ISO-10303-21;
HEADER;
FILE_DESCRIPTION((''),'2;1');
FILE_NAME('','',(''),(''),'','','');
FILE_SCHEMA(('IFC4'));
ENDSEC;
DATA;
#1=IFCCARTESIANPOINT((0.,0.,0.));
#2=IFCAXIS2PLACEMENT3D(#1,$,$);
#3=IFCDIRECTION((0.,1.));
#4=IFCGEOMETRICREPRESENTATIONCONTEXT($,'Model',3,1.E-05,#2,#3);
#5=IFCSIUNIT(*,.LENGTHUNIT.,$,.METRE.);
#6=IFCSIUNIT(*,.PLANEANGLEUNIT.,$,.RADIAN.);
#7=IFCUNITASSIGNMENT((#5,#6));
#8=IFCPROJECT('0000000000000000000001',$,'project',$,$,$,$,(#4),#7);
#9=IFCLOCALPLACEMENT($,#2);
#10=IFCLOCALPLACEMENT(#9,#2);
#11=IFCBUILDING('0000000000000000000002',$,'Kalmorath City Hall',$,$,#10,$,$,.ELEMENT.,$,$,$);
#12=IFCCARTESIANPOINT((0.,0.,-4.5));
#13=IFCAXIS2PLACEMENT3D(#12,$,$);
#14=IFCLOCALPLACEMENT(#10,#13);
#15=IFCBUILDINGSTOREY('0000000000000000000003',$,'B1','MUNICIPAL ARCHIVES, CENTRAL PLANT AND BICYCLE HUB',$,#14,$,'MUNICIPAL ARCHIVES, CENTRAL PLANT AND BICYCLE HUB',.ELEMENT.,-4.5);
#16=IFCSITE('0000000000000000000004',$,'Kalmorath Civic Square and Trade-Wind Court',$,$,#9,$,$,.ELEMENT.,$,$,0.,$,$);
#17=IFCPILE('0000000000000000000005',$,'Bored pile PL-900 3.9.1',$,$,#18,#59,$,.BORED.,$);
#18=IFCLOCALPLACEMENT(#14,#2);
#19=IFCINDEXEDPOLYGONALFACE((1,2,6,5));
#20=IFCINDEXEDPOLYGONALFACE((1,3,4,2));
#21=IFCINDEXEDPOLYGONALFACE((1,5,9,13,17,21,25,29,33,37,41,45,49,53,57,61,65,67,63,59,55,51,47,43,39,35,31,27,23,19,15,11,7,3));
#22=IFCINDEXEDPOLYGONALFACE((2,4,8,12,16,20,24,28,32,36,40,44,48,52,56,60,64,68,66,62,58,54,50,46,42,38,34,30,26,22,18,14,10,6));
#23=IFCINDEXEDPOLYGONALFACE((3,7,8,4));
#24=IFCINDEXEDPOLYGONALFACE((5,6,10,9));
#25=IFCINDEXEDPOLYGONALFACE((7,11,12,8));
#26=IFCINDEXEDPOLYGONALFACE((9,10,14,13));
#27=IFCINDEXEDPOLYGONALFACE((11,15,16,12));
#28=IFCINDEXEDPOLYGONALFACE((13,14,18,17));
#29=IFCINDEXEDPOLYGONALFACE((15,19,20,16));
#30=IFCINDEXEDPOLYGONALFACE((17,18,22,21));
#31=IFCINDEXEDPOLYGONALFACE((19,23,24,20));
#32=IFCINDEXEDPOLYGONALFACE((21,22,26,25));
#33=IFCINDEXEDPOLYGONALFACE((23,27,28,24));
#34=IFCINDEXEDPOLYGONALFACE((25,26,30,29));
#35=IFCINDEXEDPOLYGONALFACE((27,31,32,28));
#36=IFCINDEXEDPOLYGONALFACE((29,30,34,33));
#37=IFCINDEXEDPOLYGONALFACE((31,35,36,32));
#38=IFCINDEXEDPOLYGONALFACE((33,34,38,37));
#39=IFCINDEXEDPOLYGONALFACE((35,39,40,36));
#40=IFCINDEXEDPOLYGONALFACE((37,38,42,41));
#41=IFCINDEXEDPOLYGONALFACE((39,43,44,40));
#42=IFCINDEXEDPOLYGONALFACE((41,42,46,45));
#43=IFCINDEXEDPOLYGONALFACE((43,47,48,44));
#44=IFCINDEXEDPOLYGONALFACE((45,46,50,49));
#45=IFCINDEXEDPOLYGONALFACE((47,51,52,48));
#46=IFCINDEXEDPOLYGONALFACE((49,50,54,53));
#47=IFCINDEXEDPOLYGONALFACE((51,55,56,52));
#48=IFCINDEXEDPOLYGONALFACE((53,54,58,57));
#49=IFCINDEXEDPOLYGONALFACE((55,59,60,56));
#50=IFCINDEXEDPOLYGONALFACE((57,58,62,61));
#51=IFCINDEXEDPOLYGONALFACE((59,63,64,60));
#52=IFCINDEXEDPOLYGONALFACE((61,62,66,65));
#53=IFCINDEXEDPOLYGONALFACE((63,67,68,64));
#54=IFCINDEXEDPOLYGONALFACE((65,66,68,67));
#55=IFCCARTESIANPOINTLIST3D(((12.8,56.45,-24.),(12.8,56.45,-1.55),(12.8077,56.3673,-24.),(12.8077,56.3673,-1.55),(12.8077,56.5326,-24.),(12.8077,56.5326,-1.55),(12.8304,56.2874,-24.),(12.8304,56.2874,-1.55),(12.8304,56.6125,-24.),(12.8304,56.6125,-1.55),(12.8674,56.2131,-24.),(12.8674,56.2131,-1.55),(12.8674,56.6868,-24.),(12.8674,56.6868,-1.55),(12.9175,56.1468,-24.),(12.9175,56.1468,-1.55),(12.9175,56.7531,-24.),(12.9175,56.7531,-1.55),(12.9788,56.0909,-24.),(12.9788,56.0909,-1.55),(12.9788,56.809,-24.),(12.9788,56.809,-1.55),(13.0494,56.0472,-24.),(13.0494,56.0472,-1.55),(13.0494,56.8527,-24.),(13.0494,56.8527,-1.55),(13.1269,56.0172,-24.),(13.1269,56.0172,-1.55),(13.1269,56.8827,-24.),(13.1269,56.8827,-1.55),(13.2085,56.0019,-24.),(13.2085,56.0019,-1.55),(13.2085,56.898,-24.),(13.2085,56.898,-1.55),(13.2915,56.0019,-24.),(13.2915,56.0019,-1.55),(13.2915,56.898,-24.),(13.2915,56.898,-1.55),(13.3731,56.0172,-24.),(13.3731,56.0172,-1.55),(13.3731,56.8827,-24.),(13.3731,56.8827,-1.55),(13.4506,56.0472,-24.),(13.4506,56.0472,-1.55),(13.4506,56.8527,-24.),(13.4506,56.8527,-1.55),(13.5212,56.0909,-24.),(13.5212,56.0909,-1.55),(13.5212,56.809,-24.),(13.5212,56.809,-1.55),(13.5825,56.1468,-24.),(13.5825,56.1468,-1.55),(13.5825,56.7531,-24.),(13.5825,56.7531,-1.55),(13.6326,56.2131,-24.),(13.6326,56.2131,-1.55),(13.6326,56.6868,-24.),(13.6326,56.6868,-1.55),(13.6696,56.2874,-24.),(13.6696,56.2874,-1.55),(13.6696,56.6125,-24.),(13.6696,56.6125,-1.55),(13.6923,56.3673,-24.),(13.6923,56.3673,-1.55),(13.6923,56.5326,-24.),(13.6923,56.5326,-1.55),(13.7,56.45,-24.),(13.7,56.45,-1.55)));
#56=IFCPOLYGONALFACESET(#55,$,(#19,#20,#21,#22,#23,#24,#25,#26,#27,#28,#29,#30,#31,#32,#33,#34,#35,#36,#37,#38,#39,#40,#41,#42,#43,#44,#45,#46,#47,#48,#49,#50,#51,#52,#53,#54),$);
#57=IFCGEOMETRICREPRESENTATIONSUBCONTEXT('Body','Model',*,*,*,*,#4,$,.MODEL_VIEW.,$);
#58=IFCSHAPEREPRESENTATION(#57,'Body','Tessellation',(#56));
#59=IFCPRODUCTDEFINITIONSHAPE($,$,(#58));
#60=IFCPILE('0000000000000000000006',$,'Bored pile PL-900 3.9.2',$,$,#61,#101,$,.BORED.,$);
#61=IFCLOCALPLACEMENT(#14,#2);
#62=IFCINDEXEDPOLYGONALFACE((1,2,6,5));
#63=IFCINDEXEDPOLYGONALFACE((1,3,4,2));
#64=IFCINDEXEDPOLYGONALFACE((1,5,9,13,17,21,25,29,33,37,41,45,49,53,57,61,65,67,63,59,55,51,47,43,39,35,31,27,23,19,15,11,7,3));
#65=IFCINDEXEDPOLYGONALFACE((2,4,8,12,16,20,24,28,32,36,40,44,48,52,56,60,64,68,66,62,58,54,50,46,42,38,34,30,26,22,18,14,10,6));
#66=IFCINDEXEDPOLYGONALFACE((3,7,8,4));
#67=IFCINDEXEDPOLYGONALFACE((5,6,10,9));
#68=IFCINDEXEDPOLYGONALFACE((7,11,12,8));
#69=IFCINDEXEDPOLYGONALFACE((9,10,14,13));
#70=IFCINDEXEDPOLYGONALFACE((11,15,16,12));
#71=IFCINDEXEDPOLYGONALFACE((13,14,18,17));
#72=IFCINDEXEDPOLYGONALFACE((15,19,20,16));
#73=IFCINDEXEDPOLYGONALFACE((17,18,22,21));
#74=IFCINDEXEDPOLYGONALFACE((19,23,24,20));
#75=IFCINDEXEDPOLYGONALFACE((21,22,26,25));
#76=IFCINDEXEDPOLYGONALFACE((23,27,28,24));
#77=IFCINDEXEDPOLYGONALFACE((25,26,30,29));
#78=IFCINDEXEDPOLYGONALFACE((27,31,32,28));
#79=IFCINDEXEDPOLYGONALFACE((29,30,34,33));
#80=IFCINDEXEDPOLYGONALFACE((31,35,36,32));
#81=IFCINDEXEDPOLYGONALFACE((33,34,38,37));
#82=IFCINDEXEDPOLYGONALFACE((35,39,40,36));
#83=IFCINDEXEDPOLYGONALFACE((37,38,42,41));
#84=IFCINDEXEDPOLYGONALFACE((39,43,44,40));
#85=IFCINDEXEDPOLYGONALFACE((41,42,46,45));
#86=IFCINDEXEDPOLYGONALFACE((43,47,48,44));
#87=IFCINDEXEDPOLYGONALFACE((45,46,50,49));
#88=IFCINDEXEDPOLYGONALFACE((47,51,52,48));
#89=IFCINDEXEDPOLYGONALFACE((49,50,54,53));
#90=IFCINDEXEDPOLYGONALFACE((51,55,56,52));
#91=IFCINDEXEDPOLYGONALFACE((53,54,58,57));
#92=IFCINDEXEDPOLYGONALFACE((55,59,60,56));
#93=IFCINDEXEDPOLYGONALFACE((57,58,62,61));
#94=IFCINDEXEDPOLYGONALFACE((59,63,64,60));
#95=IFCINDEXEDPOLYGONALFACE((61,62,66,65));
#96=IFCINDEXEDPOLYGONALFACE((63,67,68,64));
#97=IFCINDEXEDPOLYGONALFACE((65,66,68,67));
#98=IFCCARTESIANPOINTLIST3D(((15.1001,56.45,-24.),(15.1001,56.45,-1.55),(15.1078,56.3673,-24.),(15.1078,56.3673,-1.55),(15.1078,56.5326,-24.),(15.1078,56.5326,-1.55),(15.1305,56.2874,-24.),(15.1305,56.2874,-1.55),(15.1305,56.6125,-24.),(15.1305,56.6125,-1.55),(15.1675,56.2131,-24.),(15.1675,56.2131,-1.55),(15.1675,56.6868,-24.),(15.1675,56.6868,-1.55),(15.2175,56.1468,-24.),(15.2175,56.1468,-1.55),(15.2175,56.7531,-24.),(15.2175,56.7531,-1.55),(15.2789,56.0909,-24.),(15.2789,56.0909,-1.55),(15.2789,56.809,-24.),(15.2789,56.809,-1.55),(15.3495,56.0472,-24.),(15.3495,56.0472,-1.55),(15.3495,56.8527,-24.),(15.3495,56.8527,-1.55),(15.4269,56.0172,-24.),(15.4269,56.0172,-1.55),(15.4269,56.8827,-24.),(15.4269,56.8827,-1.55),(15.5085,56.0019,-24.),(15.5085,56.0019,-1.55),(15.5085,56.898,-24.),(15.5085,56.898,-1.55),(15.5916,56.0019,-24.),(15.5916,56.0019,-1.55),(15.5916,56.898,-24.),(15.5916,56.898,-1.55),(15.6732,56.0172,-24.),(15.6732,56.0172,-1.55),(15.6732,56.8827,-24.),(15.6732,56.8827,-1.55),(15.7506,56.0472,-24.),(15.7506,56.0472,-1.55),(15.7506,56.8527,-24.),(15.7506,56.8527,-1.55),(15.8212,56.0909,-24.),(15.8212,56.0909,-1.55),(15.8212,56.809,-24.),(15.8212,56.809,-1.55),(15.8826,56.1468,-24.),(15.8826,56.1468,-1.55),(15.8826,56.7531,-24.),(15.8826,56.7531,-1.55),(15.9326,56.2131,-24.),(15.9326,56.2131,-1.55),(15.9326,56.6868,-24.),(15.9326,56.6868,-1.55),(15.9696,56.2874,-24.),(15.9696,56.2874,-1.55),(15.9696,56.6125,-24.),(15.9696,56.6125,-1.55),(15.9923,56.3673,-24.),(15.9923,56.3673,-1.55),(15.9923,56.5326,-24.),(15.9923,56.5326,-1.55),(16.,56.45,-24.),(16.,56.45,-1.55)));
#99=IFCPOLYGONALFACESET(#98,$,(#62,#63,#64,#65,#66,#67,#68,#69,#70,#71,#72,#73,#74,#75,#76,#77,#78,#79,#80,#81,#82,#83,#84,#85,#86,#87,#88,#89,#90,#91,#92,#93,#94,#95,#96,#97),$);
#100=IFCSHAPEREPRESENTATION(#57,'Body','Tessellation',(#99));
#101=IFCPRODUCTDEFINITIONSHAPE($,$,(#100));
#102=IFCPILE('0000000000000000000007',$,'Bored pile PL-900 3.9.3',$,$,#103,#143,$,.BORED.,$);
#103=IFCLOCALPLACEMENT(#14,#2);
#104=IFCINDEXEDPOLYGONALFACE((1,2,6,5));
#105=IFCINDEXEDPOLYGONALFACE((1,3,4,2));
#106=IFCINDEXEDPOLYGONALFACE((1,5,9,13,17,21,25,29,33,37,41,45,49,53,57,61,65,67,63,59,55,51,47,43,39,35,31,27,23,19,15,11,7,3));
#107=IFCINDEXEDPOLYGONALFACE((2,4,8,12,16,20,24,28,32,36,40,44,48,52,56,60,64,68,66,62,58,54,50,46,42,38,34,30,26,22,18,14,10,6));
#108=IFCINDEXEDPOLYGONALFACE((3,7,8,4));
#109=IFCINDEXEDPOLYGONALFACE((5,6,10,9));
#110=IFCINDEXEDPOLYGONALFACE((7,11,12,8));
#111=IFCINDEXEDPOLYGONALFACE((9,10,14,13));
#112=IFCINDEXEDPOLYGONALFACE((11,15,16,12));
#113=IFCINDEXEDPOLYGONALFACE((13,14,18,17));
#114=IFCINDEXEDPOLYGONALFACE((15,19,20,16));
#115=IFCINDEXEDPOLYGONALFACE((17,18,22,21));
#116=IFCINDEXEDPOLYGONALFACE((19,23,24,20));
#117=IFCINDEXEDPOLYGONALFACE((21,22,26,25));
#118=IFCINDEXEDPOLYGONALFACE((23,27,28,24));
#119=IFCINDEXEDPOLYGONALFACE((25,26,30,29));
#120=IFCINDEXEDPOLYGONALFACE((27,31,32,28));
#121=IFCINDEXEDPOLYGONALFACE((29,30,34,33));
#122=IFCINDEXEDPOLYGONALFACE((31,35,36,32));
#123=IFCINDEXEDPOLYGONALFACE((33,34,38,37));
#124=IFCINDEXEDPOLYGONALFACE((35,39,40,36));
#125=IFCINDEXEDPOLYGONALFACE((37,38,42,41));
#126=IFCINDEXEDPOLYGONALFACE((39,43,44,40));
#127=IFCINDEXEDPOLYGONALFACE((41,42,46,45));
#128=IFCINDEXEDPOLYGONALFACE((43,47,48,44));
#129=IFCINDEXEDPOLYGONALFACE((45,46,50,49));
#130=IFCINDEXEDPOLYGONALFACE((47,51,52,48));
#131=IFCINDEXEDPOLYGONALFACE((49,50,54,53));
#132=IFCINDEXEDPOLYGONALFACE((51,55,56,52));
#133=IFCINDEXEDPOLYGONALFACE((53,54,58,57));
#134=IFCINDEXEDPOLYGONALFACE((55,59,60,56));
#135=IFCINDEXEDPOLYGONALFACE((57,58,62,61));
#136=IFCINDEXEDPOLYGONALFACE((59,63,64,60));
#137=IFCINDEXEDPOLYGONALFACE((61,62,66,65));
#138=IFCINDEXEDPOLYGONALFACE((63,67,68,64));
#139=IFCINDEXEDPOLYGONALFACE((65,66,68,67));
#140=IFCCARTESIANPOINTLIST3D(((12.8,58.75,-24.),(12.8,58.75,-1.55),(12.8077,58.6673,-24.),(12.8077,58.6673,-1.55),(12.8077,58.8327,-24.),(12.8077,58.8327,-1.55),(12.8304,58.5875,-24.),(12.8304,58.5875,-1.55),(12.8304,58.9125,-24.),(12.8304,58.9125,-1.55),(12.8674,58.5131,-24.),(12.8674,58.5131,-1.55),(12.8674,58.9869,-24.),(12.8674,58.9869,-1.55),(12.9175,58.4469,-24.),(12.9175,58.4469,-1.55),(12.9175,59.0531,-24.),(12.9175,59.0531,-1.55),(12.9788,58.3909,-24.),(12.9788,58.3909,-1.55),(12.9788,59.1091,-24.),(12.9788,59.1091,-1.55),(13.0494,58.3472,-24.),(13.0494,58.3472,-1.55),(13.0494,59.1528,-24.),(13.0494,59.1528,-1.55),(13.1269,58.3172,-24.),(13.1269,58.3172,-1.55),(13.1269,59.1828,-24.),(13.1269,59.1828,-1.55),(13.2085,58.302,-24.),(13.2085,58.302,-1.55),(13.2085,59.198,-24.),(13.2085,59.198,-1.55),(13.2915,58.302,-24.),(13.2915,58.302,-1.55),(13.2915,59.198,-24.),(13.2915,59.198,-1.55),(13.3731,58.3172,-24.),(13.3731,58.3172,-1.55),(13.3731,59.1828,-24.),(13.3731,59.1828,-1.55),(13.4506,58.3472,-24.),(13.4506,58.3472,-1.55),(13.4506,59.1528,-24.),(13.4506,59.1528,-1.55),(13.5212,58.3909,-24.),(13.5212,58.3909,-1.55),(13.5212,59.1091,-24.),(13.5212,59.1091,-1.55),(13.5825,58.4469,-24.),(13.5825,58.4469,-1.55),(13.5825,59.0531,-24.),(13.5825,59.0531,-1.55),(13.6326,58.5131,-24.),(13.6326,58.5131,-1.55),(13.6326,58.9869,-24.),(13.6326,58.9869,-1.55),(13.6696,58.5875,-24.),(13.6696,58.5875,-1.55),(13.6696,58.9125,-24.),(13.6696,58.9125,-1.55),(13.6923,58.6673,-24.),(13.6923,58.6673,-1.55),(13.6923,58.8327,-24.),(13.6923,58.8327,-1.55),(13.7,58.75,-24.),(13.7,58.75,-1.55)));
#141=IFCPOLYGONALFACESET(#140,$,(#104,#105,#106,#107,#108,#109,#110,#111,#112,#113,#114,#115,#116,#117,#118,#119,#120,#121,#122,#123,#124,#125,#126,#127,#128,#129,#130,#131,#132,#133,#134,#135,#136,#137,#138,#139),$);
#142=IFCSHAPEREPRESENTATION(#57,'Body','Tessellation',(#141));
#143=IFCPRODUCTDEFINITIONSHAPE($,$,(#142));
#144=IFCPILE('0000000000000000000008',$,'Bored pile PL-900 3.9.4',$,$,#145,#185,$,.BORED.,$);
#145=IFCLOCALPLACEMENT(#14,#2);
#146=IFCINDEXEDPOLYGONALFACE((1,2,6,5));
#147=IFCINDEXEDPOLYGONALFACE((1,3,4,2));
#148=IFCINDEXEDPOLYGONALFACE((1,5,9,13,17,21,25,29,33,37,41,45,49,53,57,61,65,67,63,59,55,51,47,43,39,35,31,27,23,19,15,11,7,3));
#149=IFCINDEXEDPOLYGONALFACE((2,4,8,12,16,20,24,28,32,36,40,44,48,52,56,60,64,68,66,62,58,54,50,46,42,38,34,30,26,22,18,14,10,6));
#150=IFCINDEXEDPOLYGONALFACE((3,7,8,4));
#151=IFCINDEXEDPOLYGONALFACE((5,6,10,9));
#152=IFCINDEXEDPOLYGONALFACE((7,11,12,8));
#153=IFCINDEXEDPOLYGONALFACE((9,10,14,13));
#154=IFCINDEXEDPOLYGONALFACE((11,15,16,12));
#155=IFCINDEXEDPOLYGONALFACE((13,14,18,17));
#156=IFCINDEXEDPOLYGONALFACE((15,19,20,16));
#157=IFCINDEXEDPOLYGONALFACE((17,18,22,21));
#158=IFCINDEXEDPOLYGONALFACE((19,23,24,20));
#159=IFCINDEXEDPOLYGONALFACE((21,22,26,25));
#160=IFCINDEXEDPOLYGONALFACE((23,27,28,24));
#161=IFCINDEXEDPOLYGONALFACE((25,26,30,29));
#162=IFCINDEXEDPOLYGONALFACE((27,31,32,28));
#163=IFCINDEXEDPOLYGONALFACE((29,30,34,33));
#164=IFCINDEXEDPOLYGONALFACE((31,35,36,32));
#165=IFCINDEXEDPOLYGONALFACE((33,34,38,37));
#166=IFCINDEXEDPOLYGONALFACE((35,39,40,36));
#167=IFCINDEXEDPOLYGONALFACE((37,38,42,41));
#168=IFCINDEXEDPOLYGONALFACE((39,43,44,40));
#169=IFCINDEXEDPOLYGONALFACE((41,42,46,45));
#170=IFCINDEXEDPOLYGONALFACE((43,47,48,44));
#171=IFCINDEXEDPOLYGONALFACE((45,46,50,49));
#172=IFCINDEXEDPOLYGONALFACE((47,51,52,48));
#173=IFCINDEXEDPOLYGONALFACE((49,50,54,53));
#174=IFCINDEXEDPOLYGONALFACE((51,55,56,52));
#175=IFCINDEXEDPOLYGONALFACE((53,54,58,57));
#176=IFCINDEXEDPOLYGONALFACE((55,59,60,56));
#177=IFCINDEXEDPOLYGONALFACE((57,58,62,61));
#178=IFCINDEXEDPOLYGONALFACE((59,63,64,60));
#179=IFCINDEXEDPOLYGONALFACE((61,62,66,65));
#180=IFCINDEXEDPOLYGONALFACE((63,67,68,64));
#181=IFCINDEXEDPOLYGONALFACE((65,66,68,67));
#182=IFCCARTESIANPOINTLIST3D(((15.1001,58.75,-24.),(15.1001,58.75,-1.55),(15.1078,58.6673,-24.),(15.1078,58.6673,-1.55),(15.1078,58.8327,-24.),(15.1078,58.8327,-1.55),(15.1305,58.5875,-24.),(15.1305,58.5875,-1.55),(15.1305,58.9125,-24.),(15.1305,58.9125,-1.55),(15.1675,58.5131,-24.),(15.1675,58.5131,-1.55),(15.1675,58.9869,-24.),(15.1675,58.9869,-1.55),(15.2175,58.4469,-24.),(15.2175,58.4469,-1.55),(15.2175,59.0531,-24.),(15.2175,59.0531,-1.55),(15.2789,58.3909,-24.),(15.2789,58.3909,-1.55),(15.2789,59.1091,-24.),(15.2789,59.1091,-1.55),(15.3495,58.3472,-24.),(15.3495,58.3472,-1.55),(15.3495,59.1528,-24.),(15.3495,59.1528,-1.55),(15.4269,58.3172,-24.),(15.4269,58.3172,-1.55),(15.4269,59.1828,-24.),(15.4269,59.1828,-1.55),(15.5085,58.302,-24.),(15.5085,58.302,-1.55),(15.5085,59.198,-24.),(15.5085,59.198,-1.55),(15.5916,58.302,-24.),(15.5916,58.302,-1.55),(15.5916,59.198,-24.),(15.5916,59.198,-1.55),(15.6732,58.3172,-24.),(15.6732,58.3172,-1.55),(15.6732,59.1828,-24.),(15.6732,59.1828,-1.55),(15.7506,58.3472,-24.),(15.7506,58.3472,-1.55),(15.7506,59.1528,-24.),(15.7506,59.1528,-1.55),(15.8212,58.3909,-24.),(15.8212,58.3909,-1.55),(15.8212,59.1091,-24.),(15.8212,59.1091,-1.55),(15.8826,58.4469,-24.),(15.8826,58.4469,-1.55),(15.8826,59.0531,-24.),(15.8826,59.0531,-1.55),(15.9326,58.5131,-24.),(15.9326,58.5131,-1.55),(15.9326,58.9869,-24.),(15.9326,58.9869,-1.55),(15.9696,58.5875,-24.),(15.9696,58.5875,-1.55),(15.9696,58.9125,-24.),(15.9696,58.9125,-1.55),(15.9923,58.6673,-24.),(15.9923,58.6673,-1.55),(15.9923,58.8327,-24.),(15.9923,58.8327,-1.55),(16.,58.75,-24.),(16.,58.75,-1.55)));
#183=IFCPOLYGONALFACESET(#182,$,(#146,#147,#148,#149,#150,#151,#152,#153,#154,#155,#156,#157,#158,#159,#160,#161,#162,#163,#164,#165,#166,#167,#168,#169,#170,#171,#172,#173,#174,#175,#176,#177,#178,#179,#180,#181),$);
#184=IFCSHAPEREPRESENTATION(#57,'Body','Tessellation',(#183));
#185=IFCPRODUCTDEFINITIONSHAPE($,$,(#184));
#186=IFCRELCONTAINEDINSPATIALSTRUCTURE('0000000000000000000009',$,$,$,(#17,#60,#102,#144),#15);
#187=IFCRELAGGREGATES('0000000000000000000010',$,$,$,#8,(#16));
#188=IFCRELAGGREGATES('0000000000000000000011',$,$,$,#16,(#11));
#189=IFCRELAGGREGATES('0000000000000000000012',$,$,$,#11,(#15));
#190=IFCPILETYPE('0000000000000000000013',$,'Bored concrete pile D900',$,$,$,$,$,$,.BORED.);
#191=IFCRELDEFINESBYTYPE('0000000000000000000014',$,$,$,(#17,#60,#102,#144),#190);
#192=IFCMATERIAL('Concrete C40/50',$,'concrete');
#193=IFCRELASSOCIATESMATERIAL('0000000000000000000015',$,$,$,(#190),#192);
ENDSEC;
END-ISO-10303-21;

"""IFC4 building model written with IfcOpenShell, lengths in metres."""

from ifc_helpers import new_model, si_unit, direction, frame, origin, origin_2d, place, context, subcontext, project, spatial, circle, extrude, material, material_profile, profile_set, type_object, element, save


model = new_model("IFC4")

# Units and contexts
model_context = context("Model", 3, precision=1e-05, world=origin(), true_north=direction((0.0, 1.0)))
body_context = subcontext(model_context, "Body", "Model", "MODEL_VIEW")
ifc_project = project(units=[si_unit("LENGTHUNIT", "METRE"), si_unit("PLANEANGLEUNIT", "RADIAN")], contexts=[model_context])

# Site, building, storey
site_placement = place(None, origin())
site = spatial("IfcSite", under=ifc_project, at=site_placement, Name="Kalmorath Civic Square and Trade-Wind Court", CompositionType="ELEMENT", RefElevation=0.0)
building_placement = place(site_placement, origin())
building = spatial("IfcBuilding", under=site, at=building_placement, Name="Kalmorath City Hall", CompositionType="ELEMENT")
storey_placement = place(building_placement, frame((0.0, 0.0, -4.5)))
storey = spatial("IfcBuildingStorey", under=building, at=storey_placement, Name="B1", Description="MUNICIPAL ARCHIVES, CENTRAL PLANT AND BICYCLE HUB", LongName="MUNICIPAL ARCHIVES, CENTRAL PLANT AND BICYCLE HUB", CompositionType="ELEMENT", Elevation=-4.5)

# Piles
ifc_material_1 = material(Name="Concrete C40/50", Category="concrete")
ifc_material_profile_1 = material_profile(ifc_material_1, circle(Radius=0.45, at=origin_2d()), Name="PILE-D900")
ifc_profile_set_1 = profile_set([ifc_material_profile_1], Name="Concrete C40/50")
pile_type = type_object("IfcPileType", Name="Bored concrete pile D900", PredefinedType="BORED", material=ifc_profile_set_1)
for number, where, z_axis, x_axis, name in (
    (1, (13.25, 56.45, -1.55), (0.0, 0.0, -1.0), (1.0, 0.0, 0.0), "Bored pile PL-900 3.9.1"),
    (2, (15.55, 56.45, -1.55), (0.0, 0.0, -1.0), (1.0, 0.0, 0.0), "Bored pile PL-900 3.9.2"),
    (3, (13.25, 58.75, -1.55), (0.0, 0.0, -1.0), (1.0, 0.0, 0.0), "Bored pile PL-900 3.9.3"),
    (4, (15.55, 58.75, -1.55), (0.0, 0.0, -1.0), (1.0, 0.0, 0.0), "Bored pile PL-900 3.9.4"),
):
    element("IfcPile", number, at=place(storey_placement, frame(where, z_axis=z_axis, x_axis=x_axis)), inside=storey, type_object=pile_type, Name=name, PredefinedType="BORED", context=body_context, shape_type="SweptSolid", body=[
        extrude(circle(Radius=0.45, at=origin_2d()), origin(), (0.0, 0.0, 1.0), 22.45),
    ])

save(model, "model.ifc")
